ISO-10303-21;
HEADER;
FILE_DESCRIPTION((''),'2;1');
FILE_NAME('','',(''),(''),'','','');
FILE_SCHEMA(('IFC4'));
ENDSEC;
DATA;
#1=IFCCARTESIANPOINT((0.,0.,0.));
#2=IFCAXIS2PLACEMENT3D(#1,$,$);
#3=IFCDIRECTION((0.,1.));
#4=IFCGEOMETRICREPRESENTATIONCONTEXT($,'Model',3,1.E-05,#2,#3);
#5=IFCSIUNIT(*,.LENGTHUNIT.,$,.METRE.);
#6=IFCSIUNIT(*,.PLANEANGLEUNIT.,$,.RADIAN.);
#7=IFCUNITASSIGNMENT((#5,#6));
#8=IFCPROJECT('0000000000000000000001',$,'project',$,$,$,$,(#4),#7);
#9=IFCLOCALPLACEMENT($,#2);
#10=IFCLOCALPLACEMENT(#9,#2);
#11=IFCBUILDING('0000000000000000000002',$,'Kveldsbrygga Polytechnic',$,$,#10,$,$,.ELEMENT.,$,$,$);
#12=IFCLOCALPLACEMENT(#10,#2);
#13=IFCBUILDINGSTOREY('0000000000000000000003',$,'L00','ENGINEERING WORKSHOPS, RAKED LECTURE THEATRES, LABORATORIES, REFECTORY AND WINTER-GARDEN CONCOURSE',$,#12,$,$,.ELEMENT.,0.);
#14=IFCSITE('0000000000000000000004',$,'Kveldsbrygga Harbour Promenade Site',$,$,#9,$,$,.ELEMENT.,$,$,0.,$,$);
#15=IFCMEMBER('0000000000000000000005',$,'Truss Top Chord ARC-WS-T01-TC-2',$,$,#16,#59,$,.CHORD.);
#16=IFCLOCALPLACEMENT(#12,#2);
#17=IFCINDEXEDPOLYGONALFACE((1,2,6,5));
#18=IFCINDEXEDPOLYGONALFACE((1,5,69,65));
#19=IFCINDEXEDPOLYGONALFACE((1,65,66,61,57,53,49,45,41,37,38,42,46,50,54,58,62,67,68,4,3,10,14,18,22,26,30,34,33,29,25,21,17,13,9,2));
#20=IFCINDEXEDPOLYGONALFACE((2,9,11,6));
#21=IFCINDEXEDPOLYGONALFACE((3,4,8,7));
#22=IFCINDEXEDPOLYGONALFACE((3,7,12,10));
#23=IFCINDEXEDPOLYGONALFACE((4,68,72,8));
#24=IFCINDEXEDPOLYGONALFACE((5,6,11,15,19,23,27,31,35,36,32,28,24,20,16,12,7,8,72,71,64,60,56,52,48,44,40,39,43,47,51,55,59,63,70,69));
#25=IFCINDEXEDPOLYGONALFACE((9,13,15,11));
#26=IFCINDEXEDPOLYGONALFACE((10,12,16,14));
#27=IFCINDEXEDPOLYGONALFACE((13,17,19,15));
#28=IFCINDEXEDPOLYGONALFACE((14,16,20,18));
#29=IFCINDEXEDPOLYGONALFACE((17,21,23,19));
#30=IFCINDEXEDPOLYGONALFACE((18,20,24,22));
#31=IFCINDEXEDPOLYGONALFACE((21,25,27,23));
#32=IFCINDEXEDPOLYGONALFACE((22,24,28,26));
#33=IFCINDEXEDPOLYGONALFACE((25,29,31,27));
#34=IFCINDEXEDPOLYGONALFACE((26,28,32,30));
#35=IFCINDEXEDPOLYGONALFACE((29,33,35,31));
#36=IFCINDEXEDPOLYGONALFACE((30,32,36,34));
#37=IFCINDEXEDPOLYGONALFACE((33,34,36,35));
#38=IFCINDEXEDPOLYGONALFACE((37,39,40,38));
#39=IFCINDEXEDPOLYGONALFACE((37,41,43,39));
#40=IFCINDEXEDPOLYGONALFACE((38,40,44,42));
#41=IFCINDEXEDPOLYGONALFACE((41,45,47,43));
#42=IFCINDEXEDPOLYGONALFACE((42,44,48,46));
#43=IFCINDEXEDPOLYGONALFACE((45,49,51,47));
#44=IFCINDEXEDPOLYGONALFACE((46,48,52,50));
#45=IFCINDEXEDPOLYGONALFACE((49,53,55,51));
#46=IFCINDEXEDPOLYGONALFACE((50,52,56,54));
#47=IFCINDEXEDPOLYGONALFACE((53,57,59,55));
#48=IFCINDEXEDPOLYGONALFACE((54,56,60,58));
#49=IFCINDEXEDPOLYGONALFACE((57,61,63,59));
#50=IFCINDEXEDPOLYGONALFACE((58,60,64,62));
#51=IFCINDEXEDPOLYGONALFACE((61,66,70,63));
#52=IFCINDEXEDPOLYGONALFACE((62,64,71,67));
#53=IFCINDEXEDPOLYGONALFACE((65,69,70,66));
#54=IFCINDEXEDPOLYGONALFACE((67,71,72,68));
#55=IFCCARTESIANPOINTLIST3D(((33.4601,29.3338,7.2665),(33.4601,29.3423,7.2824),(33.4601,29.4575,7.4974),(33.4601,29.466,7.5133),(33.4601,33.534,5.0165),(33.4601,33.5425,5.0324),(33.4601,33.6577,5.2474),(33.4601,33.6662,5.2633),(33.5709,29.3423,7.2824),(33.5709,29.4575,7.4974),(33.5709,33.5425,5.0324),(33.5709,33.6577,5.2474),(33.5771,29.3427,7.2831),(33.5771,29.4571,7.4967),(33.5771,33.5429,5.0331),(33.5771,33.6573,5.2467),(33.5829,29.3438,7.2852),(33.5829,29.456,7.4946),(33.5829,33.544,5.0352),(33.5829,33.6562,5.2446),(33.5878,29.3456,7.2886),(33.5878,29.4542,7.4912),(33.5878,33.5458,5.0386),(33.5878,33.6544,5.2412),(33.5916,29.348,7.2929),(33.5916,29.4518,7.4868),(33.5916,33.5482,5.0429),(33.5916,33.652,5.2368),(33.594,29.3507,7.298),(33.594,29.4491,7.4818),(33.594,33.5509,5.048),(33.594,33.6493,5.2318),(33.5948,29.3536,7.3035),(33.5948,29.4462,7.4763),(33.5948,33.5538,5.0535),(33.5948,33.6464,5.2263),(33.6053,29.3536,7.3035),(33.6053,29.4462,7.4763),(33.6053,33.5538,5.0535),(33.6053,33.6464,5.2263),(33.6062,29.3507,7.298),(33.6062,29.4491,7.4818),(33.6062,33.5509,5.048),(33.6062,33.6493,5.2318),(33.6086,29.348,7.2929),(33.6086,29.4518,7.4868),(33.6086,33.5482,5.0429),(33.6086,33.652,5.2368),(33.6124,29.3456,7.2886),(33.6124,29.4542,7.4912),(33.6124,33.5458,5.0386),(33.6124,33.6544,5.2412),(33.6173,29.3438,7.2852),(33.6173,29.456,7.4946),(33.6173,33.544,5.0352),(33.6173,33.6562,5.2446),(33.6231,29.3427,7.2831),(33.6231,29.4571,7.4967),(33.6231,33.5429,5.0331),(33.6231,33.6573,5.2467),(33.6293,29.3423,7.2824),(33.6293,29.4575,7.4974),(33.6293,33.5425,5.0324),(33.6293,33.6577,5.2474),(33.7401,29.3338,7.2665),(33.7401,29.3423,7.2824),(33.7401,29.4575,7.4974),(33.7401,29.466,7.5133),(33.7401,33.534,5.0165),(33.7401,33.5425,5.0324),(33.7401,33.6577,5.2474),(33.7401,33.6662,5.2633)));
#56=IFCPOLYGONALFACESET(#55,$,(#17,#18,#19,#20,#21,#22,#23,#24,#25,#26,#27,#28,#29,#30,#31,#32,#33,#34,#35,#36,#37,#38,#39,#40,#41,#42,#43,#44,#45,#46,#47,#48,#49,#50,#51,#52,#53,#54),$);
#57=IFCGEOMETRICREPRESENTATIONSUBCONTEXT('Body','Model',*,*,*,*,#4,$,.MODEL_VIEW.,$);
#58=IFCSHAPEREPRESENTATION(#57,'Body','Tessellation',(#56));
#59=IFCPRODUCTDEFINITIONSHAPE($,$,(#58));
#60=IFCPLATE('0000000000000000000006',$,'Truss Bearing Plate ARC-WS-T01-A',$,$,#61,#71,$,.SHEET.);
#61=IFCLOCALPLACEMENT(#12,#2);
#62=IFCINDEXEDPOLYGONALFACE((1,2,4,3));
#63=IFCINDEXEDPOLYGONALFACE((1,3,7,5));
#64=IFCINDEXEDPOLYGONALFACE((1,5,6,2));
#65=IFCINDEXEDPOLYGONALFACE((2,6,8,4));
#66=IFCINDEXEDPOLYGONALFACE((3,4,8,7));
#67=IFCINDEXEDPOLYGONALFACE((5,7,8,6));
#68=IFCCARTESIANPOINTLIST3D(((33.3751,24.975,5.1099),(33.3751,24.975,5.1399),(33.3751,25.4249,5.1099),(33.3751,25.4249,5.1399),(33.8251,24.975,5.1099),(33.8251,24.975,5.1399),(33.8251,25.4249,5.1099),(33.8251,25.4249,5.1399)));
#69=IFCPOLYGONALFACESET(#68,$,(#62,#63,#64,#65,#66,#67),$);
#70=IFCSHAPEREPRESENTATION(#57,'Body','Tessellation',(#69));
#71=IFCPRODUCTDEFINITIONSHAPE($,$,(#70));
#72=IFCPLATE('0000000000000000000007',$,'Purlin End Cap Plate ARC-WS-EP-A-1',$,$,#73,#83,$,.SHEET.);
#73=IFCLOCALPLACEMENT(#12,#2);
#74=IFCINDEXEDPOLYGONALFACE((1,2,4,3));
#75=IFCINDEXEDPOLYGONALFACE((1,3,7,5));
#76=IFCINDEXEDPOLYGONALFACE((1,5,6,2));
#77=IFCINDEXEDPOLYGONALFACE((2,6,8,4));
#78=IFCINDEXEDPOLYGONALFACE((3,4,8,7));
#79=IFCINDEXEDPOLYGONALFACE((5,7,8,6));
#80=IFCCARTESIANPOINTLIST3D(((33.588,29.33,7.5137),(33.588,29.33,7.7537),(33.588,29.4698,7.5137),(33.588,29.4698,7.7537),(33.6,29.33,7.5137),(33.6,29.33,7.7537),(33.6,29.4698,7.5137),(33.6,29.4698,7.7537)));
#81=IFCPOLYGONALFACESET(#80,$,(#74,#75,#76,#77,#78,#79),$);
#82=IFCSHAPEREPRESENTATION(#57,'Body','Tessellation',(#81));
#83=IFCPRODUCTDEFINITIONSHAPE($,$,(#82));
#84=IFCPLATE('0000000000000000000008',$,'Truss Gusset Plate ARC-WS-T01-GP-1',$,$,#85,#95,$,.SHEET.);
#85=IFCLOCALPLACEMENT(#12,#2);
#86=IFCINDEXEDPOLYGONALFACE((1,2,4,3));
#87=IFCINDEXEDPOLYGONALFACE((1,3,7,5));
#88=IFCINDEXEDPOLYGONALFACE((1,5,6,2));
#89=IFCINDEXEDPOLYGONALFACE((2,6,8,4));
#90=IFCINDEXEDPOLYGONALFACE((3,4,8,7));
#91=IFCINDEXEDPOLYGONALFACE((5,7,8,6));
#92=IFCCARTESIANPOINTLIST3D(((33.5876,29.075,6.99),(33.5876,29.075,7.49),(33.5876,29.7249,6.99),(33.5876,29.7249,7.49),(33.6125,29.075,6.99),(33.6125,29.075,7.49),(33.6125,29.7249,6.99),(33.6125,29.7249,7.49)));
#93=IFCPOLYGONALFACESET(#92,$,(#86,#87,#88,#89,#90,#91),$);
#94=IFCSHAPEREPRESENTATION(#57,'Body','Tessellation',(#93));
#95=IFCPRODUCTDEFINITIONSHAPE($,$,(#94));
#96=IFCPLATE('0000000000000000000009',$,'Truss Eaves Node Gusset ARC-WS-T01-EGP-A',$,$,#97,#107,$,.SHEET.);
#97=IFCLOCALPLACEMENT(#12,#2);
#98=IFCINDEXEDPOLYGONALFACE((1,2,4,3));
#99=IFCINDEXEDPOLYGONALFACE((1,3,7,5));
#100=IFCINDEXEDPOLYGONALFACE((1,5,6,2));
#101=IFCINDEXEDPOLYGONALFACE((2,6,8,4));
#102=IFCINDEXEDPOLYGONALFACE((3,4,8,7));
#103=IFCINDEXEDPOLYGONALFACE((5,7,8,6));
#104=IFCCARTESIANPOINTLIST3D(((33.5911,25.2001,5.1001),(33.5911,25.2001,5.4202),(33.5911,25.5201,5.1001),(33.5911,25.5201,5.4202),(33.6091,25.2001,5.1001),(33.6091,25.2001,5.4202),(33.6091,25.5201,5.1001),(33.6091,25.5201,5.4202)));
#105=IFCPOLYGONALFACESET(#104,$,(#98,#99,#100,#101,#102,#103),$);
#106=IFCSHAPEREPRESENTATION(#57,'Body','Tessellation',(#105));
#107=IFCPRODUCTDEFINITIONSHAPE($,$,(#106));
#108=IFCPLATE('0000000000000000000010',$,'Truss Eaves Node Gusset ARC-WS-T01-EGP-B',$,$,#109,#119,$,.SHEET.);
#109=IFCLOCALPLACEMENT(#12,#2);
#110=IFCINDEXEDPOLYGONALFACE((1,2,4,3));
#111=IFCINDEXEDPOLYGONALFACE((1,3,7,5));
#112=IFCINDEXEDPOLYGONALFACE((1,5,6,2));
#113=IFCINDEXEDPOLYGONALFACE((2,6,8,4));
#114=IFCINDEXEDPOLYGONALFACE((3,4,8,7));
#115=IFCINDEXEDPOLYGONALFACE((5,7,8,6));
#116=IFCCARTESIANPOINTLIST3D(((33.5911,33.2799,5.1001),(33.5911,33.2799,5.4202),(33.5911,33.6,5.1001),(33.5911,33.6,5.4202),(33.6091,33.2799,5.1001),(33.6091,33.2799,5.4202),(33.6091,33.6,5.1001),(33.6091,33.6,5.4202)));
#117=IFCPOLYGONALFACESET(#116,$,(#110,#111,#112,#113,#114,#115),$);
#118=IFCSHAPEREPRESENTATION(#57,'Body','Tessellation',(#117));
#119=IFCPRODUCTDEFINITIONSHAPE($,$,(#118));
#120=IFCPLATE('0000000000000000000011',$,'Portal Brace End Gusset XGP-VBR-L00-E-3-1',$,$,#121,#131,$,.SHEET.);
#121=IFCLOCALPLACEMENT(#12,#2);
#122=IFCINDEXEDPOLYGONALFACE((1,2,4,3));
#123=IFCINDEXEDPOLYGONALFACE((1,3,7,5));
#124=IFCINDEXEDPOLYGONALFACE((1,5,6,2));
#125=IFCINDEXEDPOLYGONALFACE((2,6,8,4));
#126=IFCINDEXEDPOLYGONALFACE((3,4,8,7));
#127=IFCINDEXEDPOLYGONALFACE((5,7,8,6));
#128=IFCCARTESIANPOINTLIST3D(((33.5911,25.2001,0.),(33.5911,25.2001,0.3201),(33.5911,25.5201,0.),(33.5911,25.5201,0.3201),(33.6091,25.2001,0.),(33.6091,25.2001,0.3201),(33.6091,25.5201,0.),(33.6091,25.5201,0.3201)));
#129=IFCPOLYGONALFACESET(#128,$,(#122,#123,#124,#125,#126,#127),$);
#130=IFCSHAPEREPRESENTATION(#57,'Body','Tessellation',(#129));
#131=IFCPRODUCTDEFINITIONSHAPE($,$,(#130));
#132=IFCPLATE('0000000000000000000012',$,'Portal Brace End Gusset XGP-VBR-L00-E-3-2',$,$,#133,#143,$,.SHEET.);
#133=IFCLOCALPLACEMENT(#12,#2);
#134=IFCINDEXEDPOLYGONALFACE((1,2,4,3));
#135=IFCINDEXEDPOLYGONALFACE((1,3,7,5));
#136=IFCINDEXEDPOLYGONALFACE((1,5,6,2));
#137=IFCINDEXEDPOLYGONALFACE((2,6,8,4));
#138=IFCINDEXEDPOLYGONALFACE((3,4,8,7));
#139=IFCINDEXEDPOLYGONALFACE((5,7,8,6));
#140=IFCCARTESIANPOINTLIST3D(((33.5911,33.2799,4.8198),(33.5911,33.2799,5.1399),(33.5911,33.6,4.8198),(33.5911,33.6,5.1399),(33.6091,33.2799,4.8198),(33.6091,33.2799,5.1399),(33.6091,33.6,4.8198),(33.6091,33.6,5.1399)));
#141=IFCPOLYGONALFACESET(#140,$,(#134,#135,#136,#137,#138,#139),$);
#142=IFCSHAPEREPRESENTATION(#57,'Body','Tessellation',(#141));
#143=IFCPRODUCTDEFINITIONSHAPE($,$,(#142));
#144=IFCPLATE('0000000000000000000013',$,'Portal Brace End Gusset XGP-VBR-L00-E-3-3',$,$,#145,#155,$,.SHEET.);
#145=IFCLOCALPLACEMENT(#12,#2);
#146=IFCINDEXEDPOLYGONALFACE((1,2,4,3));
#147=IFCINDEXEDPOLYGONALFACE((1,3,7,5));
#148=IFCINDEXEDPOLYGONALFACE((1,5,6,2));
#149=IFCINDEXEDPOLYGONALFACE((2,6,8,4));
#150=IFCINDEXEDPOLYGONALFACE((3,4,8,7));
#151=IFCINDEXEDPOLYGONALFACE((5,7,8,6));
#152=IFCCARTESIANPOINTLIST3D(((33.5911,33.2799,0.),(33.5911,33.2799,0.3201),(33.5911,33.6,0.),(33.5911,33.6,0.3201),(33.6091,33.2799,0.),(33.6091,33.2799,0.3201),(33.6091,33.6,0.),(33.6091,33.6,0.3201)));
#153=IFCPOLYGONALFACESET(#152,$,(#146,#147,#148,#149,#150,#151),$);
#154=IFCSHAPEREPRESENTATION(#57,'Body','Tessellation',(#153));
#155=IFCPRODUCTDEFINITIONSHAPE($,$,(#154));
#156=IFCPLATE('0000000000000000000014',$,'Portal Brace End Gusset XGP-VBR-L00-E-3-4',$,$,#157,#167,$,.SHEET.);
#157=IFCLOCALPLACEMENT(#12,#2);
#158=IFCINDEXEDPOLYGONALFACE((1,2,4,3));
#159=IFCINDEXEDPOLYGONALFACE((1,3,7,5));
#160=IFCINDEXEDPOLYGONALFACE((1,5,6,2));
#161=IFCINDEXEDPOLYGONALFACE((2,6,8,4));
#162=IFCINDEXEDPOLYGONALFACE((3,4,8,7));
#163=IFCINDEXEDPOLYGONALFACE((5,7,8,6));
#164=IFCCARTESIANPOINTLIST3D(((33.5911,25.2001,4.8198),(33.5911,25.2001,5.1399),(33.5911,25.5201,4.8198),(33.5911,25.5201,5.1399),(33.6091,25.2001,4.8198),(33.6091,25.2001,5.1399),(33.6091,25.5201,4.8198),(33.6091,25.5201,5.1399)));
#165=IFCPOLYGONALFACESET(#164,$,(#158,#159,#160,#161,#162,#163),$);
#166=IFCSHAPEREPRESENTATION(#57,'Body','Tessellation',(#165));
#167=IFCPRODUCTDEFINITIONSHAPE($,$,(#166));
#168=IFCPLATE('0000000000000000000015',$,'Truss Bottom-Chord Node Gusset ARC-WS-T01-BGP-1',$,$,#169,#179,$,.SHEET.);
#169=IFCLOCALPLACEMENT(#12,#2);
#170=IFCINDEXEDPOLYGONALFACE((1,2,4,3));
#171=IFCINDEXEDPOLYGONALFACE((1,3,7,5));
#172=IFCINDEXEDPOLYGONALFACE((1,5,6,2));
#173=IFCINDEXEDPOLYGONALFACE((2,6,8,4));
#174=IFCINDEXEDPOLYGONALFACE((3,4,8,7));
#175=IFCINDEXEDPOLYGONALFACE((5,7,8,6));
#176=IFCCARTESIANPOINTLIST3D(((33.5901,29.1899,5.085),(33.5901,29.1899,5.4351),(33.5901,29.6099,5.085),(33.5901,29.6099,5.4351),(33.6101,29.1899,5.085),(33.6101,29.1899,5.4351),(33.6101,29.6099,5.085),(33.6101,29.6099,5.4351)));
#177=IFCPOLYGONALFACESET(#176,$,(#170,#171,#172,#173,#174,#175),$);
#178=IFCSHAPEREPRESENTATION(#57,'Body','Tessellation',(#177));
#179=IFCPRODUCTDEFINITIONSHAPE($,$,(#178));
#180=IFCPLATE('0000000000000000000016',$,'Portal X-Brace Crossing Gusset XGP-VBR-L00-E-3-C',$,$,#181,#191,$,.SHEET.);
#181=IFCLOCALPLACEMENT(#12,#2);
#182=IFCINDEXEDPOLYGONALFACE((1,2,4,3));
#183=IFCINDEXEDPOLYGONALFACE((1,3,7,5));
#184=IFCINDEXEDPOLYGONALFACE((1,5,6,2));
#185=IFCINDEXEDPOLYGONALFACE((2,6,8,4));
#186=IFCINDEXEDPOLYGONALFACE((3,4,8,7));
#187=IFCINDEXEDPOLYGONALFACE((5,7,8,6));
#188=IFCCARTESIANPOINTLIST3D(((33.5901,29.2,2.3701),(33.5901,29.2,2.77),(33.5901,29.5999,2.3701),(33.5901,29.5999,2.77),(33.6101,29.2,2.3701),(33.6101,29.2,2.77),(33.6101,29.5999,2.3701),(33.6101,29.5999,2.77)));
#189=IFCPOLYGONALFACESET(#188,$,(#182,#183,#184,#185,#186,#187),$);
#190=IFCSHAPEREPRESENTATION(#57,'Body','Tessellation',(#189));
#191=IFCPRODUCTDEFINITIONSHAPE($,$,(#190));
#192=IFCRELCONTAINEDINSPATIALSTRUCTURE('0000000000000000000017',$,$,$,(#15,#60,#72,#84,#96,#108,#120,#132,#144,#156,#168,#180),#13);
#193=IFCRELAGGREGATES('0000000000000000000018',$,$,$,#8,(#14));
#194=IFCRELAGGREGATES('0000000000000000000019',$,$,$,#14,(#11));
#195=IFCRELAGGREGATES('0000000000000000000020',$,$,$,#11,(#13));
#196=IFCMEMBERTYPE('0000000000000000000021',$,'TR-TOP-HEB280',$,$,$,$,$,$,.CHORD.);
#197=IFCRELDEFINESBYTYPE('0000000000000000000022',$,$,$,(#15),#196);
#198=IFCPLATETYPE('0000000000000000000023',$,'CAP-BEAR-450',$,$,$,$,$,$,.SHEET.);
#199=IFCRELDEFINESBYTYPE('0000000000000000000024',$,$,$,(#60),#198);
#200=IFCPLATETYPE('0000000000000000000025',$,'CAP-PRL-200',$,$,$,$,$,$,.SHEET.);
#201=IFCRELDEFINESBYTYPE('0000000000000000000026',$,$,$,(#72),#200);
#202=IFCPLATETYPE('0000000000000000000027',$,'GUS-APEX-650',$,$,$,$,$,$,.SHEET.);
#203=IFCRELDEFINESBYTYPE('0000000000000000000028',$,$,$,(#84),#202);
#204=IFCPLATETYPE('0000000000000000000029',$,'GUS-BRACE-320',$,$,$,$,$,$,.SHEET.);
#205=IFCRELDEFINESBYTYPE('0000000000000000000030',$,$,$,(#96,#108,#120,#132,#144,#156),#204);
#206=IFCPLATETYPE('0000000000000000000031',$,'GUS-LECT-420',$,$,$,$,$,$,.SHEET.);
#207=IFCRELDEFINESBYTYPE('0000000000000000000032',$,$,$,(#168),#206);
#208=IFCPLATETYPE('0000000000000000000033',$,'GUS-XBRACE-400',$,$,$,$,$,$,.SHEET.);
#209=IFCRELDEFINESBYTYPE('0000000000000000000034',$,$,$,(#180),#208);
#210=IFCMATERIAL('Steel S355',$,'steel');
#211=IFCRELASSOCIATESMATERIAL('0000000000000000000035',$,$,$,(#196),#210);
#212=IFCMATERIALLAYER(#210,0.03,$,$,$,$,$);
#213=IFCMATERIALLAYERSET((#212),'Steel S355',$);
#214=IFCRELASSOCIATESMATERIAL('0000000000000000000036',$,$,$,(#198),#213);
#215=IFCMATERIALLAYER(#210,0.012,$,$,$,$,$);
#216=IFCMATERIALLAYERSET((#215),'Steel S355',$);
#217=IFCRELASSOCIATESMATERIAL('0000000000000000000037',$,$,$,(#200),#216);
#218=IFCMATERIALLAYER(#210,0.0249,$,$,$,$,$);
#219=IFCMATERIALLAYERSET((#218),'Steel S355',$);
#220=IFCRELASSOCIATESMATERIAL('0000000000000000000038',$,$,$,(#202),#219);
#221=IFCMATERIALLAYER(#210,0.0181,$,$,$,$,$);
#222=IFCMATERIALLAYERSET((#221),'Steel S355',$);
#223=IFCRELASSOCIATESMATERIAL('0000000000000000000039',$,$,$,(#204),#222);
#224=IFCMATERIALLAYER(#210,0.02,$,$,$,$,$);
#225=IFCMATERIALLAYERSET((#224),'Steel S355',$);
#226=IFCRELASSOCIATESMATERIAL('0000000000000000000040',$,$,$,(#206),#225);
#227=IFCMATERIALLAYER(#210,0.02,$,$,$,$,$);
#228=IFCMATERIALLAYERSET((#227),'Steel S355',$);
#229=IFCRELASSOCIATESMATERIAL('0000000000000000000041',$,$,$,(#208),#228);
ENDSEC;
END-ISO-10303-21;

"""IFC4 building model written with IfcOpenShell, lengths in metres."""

from ifc_helpers import new_model, si_unit, direction, frame, origin, origin_2d, place, context, subcontext, project, spatial, rectangle, i_section, extrude, material, layer, layer_set, material_profile, profile_set, type_object, element, save


model = new_model("IFC4")

# Units and contexts
model_context = context("Model", 3, precision=1e-05, world=origin(), true_north=direction((0.0, 1.0)))
body_context = subcontext(model_context, "Body", "Model", "MODEL_VIEW")
ifc_project = project(units=[si_unit("LENGTHUNIT", "METRE"), si_unit("PLANEANGLEUNIT", "RADIAN")], contexts=[model_context])

# Site, building, storey
site_placement = place(None, origin())
site = spatial("IfcSite", under=ifc_project, at=site_placement, Name="Kveldsbrygga Harbour Promenade Site", CompositionType="ELEMENT", RefElevation=0.0)
building_placement = place(site_placement, origin())
building = spatial("IfcBuilding", under=site, at=building_placement, Name="Kveldsbrygga Polytechnic", CompositionType="ELEMENT")
storey_placement = place(building_placement, origin())
storey = spatial("IfcBuildingStorey", under=building, at=storey_placement, Name="L00", Description="ENGINEERING WORKSHOPS, RAKED LECTURE THEATRES, LABORATORIES, REFECTORY AND WINTER-GARDEN CONCOURSE", CompositionType="ELEMENT", Elevation=0.0)

# Shared definitions
ifc_material_1 = material(Name="Steel S355", Category="steel")

# Member
ifc_material_profile_1 = material_profile(ifc_material_1, i_section(OverallWidth=0.28, OverallDepth=0.28, WebThickness=0.0105, FlangeThickness=0.0181, FilletRadius=0.0239, at=origin_2d()), Name="HEB 280")
ifc_profile_set_1 = profile_set([ifc_material_profile_1], Name="Steel S355")
member_type_1 = type_object("IfcMemberType", Name="TR-TOP-HEB280", PredefinedType="CHORD", material=ifc_profile_set_1)
member_1_placement = place(storey_placement, frame((33.6001, 29.3999, 7.3899), z_axis=(0.0, 0.881489, -0.472204), x_axis=(-1.0, 0.0, 0.0)))
element("IfcMember", 1, at=member_1_placement, inside=storey, type_object=member_type_1, Name="Truss Top Chord ARC-WS-T01-TC-2", PredefinedType="CHORD", context=body_context, shape_type="SweptSolid", body=[
    extrude(i_section(OverallWidth=0.28, OverallDepth=0.28, WebThickness=0.0105, FlangeThickness=0.0181, FilletRadius=0.0239, at=origin_2d()), origin(), (0.0, 0.0, 1.0), 4.7649),
])

# Plates
ifc_layer_1 = layer(ifc_material_1, 0.03)
ifc_layer_set_1 = layer_set([ifc_layer_1], Name="Steel S355")
plate_type_1 = type_object("IfcPlateType", Name="CAP-BEAR-450", PredefinedType="SHEET", material=ifc_layer_set_1)
plate_1_placement = place(storey_placement, frame((33.6001, 25.2, 5.1099), z_axis=(0.0, 0.0, 1.0), x_axis=(1.0, 0.0, 0.0)))
element("IfcPlate", 2, at=plate_1_placement, inside=storey, type_object=plate_type_1, Name="Truss Bearing Plate ARC-WS-T01-A", PredefinedType="SHEET", context=body_context, shape_type="SweptSolid", body=[
    extrude(rectangle(XDim=0.45, YDim=0.45, at=origin_2d()), origin(), (0.0, 0.0, 1.0), 0.03),
])
ifc_layer_2 = layer(ifc_material_1, 0.012)
ifc_layer_set_2 = layer_set([ifc_layer_2], Name="Steel S355")
plate_type_2 = type_object("IfcPlateType", Name="CAP-PRL-200", PredefinedType="SHEET", material=ifc_layer_set_2)
plate_2_placement = place(storey_placement, frame((33.594, 29.3999, 7.5137), z_axis=(0.0, 0.0, 1.0), x_axis=(1.0, 0.0, 0.0)))
element("IfcPlate", 3, at=plate_2_placement, inside=storey, type_object=plate_type_2, Name="Purlin End Cap Plate ARC-WS-EP-A-1", PredefinedType="SHEET", context=body_context, shape_type="SweptSolid", body=[
    extrude(rectangle(XDim=0.012, YDim=0.1399, at=origin_2d()), origin(), (0.0, 0.0, 1.0), 0.24),
])
ifc_layer_3 = layer(ifc_material_1, 0.0249)
ifc_layer_set_3 = layer_set([ifc_layer_3], Name="Steel S355")
plate_type_3 = type_object("IfcPlateType", Name="GUS-APEX-650", PredefinedType="SHEET", material=ifc_layer_set_3)
plate_3_placement = place(storey_placement, frame((33.6001, 29.3999, 6.99), z_axis=(0.0, 0.0, 1.0), x_axis=(1.0, 0.0, 0.0)))
element("IfcPlate", 4, at=plate_3_placement, inside=storey, type_object=plate_type_3, Name="Truss Gusset Plate ARC-WS-T01-GP-1", PredefinedType="SHEET", context=body_context, shape_type="SweptSolid", body=[
    extrude(rectangle(XDim=0.0249, YDim=0.6499, at=origin_2d()), origin(), (0.0, 0.0, 1.0), 0.5),
])
ifc_layer_4 = layer(ifc_material_1, 0.0181)
ifc_layer_set_4 = layer_set([ifc_layer_4], Name="Steel S355")
plate_type_4 = type_object("IfcPlateType", Name="GUS-BRACE-320", PredefinedType="SHEET", material=ifc_layer_set_4)
for number, where, z_axis, x_axis, name in (
    (5, (33.6001, 25.3601, 5.1001), (0.0, 0.0, 1.0), (1.0, 0.0, 0.0), "Truss Eaves Node Gusset ARC-WS-T01-EGP-A"),
    (6, (33.6001, 33.4399, 5.1001), (0.0, 0.0, 1.0), (1.0, 0.0, 0.0), "Truss Eaves Node Gusset ARC-WS-T01-EGP-B"),
    (7, (33.6001, 25.3601, 0.0), (0.0, 0.0, 1.0), (1.0, 0.0, 0.0), "Portal Brace End Gusset XGP-VBR-L00-E-3-1"),
    (8, (33.6001, 33.4399, 4.8198), (0.0, 0.0, 1.0), (1.0, 0.0, 0.0), "Portal Brace End Gusset XGP-VBR-L00-E-3-2"),
    (9, (33.6001, 33.4399, 0.0), (0.0, 0.0, 1.0), (1.0, 0.0, 0.0), "Portal Brace End Gusset XGP-VBR-L00-E-3-3"),
    (10, (33.6001, 25.3601, 4.8198), (0.0, 0.0, 1.0), (1.0, 0.0, 0.0), "Portal Brace End Gusset XGP-VBR-L00-E-3-4"),
):
    element("IfcPlate", number, at=place(storey_placement, frame(where, z_axis=z_axis, x_axis=x_axis)), inside=storey, type_object=plate_type_4, Name=name, PredefinedType="SHEET", context=body_context, shape_type="SweptSolid", body=[
        extrude(rectangle(XDim=0.0181, YDim=0.3201, at=origin_2d()), origin(), (0.0, 0.0, 1.0), 0.3201),
    ])
ifc_layer_5 = layer(ifc_material_1, 0.02)
ifc_layer_set_5 = layer_set([ifc_layer_5], Name="Steel S355")
plate_type_5 = type_object("IfcPlateType", Name="GUS-LECT-420", PredefinedType="SHEET", material=ifc_layer_set_5)
plate_4_placement = place(storey_placement, frame((33.6001, 29.3999, 5.085), z_axis=(0.0, 0.0, 1.0), x_axis=(1.0, 0.0, 0.0)))
element("IfcPlate", 11, at=plate_4_placement, inside=storey, type_object=plate_type_5, Name="Truss Bottom-Chord Node Gusset ARC-WS-T01-BGP-1", PredefinedType="SHEET", context=body_context, shape_type="SweptSolid", body=[
    extrude(rectangle(XDim=0.02, YDim=0.4199, at=origin_2d()), origin(), (0.0, 0.0, 1.0), 0.3501),
])
ifc_layer_6 = layer(ifc_material_1, 0.02)
ifc_layer_set_6 = layer_set([ifc_layer_6], Name="Steel S355")
plate_type_6 = type_object("IfcPlateType", Name="GUS-XBRACE-400", PredefinedType="SHEET", material=ifc_layer_set_6)
plate_5_placement = place(storey_placement, frame((33.6001, 29.3999, 2.3701), z_axis=(0.0, 0.0, 1.0), x_axis=(1.0, 0.0, 0.0)))
element("IfcPlate", 12, at=plate_5_placement, inside=storey, type_object=plate_type_6, Name="Portal X-Brace Crossing Gusset XGP-VBR-L00-E-3-C", PredefinedType="SHEET", context=body_context, shape_type="SweptSolid", body=[
    extrude(rectangle(XDim=0.02, YDim=0.3999, at=origin_2d()), origin(), (0.0, 0.0, 1.0), 0.3999),
])

save(model, "model.ifc")
